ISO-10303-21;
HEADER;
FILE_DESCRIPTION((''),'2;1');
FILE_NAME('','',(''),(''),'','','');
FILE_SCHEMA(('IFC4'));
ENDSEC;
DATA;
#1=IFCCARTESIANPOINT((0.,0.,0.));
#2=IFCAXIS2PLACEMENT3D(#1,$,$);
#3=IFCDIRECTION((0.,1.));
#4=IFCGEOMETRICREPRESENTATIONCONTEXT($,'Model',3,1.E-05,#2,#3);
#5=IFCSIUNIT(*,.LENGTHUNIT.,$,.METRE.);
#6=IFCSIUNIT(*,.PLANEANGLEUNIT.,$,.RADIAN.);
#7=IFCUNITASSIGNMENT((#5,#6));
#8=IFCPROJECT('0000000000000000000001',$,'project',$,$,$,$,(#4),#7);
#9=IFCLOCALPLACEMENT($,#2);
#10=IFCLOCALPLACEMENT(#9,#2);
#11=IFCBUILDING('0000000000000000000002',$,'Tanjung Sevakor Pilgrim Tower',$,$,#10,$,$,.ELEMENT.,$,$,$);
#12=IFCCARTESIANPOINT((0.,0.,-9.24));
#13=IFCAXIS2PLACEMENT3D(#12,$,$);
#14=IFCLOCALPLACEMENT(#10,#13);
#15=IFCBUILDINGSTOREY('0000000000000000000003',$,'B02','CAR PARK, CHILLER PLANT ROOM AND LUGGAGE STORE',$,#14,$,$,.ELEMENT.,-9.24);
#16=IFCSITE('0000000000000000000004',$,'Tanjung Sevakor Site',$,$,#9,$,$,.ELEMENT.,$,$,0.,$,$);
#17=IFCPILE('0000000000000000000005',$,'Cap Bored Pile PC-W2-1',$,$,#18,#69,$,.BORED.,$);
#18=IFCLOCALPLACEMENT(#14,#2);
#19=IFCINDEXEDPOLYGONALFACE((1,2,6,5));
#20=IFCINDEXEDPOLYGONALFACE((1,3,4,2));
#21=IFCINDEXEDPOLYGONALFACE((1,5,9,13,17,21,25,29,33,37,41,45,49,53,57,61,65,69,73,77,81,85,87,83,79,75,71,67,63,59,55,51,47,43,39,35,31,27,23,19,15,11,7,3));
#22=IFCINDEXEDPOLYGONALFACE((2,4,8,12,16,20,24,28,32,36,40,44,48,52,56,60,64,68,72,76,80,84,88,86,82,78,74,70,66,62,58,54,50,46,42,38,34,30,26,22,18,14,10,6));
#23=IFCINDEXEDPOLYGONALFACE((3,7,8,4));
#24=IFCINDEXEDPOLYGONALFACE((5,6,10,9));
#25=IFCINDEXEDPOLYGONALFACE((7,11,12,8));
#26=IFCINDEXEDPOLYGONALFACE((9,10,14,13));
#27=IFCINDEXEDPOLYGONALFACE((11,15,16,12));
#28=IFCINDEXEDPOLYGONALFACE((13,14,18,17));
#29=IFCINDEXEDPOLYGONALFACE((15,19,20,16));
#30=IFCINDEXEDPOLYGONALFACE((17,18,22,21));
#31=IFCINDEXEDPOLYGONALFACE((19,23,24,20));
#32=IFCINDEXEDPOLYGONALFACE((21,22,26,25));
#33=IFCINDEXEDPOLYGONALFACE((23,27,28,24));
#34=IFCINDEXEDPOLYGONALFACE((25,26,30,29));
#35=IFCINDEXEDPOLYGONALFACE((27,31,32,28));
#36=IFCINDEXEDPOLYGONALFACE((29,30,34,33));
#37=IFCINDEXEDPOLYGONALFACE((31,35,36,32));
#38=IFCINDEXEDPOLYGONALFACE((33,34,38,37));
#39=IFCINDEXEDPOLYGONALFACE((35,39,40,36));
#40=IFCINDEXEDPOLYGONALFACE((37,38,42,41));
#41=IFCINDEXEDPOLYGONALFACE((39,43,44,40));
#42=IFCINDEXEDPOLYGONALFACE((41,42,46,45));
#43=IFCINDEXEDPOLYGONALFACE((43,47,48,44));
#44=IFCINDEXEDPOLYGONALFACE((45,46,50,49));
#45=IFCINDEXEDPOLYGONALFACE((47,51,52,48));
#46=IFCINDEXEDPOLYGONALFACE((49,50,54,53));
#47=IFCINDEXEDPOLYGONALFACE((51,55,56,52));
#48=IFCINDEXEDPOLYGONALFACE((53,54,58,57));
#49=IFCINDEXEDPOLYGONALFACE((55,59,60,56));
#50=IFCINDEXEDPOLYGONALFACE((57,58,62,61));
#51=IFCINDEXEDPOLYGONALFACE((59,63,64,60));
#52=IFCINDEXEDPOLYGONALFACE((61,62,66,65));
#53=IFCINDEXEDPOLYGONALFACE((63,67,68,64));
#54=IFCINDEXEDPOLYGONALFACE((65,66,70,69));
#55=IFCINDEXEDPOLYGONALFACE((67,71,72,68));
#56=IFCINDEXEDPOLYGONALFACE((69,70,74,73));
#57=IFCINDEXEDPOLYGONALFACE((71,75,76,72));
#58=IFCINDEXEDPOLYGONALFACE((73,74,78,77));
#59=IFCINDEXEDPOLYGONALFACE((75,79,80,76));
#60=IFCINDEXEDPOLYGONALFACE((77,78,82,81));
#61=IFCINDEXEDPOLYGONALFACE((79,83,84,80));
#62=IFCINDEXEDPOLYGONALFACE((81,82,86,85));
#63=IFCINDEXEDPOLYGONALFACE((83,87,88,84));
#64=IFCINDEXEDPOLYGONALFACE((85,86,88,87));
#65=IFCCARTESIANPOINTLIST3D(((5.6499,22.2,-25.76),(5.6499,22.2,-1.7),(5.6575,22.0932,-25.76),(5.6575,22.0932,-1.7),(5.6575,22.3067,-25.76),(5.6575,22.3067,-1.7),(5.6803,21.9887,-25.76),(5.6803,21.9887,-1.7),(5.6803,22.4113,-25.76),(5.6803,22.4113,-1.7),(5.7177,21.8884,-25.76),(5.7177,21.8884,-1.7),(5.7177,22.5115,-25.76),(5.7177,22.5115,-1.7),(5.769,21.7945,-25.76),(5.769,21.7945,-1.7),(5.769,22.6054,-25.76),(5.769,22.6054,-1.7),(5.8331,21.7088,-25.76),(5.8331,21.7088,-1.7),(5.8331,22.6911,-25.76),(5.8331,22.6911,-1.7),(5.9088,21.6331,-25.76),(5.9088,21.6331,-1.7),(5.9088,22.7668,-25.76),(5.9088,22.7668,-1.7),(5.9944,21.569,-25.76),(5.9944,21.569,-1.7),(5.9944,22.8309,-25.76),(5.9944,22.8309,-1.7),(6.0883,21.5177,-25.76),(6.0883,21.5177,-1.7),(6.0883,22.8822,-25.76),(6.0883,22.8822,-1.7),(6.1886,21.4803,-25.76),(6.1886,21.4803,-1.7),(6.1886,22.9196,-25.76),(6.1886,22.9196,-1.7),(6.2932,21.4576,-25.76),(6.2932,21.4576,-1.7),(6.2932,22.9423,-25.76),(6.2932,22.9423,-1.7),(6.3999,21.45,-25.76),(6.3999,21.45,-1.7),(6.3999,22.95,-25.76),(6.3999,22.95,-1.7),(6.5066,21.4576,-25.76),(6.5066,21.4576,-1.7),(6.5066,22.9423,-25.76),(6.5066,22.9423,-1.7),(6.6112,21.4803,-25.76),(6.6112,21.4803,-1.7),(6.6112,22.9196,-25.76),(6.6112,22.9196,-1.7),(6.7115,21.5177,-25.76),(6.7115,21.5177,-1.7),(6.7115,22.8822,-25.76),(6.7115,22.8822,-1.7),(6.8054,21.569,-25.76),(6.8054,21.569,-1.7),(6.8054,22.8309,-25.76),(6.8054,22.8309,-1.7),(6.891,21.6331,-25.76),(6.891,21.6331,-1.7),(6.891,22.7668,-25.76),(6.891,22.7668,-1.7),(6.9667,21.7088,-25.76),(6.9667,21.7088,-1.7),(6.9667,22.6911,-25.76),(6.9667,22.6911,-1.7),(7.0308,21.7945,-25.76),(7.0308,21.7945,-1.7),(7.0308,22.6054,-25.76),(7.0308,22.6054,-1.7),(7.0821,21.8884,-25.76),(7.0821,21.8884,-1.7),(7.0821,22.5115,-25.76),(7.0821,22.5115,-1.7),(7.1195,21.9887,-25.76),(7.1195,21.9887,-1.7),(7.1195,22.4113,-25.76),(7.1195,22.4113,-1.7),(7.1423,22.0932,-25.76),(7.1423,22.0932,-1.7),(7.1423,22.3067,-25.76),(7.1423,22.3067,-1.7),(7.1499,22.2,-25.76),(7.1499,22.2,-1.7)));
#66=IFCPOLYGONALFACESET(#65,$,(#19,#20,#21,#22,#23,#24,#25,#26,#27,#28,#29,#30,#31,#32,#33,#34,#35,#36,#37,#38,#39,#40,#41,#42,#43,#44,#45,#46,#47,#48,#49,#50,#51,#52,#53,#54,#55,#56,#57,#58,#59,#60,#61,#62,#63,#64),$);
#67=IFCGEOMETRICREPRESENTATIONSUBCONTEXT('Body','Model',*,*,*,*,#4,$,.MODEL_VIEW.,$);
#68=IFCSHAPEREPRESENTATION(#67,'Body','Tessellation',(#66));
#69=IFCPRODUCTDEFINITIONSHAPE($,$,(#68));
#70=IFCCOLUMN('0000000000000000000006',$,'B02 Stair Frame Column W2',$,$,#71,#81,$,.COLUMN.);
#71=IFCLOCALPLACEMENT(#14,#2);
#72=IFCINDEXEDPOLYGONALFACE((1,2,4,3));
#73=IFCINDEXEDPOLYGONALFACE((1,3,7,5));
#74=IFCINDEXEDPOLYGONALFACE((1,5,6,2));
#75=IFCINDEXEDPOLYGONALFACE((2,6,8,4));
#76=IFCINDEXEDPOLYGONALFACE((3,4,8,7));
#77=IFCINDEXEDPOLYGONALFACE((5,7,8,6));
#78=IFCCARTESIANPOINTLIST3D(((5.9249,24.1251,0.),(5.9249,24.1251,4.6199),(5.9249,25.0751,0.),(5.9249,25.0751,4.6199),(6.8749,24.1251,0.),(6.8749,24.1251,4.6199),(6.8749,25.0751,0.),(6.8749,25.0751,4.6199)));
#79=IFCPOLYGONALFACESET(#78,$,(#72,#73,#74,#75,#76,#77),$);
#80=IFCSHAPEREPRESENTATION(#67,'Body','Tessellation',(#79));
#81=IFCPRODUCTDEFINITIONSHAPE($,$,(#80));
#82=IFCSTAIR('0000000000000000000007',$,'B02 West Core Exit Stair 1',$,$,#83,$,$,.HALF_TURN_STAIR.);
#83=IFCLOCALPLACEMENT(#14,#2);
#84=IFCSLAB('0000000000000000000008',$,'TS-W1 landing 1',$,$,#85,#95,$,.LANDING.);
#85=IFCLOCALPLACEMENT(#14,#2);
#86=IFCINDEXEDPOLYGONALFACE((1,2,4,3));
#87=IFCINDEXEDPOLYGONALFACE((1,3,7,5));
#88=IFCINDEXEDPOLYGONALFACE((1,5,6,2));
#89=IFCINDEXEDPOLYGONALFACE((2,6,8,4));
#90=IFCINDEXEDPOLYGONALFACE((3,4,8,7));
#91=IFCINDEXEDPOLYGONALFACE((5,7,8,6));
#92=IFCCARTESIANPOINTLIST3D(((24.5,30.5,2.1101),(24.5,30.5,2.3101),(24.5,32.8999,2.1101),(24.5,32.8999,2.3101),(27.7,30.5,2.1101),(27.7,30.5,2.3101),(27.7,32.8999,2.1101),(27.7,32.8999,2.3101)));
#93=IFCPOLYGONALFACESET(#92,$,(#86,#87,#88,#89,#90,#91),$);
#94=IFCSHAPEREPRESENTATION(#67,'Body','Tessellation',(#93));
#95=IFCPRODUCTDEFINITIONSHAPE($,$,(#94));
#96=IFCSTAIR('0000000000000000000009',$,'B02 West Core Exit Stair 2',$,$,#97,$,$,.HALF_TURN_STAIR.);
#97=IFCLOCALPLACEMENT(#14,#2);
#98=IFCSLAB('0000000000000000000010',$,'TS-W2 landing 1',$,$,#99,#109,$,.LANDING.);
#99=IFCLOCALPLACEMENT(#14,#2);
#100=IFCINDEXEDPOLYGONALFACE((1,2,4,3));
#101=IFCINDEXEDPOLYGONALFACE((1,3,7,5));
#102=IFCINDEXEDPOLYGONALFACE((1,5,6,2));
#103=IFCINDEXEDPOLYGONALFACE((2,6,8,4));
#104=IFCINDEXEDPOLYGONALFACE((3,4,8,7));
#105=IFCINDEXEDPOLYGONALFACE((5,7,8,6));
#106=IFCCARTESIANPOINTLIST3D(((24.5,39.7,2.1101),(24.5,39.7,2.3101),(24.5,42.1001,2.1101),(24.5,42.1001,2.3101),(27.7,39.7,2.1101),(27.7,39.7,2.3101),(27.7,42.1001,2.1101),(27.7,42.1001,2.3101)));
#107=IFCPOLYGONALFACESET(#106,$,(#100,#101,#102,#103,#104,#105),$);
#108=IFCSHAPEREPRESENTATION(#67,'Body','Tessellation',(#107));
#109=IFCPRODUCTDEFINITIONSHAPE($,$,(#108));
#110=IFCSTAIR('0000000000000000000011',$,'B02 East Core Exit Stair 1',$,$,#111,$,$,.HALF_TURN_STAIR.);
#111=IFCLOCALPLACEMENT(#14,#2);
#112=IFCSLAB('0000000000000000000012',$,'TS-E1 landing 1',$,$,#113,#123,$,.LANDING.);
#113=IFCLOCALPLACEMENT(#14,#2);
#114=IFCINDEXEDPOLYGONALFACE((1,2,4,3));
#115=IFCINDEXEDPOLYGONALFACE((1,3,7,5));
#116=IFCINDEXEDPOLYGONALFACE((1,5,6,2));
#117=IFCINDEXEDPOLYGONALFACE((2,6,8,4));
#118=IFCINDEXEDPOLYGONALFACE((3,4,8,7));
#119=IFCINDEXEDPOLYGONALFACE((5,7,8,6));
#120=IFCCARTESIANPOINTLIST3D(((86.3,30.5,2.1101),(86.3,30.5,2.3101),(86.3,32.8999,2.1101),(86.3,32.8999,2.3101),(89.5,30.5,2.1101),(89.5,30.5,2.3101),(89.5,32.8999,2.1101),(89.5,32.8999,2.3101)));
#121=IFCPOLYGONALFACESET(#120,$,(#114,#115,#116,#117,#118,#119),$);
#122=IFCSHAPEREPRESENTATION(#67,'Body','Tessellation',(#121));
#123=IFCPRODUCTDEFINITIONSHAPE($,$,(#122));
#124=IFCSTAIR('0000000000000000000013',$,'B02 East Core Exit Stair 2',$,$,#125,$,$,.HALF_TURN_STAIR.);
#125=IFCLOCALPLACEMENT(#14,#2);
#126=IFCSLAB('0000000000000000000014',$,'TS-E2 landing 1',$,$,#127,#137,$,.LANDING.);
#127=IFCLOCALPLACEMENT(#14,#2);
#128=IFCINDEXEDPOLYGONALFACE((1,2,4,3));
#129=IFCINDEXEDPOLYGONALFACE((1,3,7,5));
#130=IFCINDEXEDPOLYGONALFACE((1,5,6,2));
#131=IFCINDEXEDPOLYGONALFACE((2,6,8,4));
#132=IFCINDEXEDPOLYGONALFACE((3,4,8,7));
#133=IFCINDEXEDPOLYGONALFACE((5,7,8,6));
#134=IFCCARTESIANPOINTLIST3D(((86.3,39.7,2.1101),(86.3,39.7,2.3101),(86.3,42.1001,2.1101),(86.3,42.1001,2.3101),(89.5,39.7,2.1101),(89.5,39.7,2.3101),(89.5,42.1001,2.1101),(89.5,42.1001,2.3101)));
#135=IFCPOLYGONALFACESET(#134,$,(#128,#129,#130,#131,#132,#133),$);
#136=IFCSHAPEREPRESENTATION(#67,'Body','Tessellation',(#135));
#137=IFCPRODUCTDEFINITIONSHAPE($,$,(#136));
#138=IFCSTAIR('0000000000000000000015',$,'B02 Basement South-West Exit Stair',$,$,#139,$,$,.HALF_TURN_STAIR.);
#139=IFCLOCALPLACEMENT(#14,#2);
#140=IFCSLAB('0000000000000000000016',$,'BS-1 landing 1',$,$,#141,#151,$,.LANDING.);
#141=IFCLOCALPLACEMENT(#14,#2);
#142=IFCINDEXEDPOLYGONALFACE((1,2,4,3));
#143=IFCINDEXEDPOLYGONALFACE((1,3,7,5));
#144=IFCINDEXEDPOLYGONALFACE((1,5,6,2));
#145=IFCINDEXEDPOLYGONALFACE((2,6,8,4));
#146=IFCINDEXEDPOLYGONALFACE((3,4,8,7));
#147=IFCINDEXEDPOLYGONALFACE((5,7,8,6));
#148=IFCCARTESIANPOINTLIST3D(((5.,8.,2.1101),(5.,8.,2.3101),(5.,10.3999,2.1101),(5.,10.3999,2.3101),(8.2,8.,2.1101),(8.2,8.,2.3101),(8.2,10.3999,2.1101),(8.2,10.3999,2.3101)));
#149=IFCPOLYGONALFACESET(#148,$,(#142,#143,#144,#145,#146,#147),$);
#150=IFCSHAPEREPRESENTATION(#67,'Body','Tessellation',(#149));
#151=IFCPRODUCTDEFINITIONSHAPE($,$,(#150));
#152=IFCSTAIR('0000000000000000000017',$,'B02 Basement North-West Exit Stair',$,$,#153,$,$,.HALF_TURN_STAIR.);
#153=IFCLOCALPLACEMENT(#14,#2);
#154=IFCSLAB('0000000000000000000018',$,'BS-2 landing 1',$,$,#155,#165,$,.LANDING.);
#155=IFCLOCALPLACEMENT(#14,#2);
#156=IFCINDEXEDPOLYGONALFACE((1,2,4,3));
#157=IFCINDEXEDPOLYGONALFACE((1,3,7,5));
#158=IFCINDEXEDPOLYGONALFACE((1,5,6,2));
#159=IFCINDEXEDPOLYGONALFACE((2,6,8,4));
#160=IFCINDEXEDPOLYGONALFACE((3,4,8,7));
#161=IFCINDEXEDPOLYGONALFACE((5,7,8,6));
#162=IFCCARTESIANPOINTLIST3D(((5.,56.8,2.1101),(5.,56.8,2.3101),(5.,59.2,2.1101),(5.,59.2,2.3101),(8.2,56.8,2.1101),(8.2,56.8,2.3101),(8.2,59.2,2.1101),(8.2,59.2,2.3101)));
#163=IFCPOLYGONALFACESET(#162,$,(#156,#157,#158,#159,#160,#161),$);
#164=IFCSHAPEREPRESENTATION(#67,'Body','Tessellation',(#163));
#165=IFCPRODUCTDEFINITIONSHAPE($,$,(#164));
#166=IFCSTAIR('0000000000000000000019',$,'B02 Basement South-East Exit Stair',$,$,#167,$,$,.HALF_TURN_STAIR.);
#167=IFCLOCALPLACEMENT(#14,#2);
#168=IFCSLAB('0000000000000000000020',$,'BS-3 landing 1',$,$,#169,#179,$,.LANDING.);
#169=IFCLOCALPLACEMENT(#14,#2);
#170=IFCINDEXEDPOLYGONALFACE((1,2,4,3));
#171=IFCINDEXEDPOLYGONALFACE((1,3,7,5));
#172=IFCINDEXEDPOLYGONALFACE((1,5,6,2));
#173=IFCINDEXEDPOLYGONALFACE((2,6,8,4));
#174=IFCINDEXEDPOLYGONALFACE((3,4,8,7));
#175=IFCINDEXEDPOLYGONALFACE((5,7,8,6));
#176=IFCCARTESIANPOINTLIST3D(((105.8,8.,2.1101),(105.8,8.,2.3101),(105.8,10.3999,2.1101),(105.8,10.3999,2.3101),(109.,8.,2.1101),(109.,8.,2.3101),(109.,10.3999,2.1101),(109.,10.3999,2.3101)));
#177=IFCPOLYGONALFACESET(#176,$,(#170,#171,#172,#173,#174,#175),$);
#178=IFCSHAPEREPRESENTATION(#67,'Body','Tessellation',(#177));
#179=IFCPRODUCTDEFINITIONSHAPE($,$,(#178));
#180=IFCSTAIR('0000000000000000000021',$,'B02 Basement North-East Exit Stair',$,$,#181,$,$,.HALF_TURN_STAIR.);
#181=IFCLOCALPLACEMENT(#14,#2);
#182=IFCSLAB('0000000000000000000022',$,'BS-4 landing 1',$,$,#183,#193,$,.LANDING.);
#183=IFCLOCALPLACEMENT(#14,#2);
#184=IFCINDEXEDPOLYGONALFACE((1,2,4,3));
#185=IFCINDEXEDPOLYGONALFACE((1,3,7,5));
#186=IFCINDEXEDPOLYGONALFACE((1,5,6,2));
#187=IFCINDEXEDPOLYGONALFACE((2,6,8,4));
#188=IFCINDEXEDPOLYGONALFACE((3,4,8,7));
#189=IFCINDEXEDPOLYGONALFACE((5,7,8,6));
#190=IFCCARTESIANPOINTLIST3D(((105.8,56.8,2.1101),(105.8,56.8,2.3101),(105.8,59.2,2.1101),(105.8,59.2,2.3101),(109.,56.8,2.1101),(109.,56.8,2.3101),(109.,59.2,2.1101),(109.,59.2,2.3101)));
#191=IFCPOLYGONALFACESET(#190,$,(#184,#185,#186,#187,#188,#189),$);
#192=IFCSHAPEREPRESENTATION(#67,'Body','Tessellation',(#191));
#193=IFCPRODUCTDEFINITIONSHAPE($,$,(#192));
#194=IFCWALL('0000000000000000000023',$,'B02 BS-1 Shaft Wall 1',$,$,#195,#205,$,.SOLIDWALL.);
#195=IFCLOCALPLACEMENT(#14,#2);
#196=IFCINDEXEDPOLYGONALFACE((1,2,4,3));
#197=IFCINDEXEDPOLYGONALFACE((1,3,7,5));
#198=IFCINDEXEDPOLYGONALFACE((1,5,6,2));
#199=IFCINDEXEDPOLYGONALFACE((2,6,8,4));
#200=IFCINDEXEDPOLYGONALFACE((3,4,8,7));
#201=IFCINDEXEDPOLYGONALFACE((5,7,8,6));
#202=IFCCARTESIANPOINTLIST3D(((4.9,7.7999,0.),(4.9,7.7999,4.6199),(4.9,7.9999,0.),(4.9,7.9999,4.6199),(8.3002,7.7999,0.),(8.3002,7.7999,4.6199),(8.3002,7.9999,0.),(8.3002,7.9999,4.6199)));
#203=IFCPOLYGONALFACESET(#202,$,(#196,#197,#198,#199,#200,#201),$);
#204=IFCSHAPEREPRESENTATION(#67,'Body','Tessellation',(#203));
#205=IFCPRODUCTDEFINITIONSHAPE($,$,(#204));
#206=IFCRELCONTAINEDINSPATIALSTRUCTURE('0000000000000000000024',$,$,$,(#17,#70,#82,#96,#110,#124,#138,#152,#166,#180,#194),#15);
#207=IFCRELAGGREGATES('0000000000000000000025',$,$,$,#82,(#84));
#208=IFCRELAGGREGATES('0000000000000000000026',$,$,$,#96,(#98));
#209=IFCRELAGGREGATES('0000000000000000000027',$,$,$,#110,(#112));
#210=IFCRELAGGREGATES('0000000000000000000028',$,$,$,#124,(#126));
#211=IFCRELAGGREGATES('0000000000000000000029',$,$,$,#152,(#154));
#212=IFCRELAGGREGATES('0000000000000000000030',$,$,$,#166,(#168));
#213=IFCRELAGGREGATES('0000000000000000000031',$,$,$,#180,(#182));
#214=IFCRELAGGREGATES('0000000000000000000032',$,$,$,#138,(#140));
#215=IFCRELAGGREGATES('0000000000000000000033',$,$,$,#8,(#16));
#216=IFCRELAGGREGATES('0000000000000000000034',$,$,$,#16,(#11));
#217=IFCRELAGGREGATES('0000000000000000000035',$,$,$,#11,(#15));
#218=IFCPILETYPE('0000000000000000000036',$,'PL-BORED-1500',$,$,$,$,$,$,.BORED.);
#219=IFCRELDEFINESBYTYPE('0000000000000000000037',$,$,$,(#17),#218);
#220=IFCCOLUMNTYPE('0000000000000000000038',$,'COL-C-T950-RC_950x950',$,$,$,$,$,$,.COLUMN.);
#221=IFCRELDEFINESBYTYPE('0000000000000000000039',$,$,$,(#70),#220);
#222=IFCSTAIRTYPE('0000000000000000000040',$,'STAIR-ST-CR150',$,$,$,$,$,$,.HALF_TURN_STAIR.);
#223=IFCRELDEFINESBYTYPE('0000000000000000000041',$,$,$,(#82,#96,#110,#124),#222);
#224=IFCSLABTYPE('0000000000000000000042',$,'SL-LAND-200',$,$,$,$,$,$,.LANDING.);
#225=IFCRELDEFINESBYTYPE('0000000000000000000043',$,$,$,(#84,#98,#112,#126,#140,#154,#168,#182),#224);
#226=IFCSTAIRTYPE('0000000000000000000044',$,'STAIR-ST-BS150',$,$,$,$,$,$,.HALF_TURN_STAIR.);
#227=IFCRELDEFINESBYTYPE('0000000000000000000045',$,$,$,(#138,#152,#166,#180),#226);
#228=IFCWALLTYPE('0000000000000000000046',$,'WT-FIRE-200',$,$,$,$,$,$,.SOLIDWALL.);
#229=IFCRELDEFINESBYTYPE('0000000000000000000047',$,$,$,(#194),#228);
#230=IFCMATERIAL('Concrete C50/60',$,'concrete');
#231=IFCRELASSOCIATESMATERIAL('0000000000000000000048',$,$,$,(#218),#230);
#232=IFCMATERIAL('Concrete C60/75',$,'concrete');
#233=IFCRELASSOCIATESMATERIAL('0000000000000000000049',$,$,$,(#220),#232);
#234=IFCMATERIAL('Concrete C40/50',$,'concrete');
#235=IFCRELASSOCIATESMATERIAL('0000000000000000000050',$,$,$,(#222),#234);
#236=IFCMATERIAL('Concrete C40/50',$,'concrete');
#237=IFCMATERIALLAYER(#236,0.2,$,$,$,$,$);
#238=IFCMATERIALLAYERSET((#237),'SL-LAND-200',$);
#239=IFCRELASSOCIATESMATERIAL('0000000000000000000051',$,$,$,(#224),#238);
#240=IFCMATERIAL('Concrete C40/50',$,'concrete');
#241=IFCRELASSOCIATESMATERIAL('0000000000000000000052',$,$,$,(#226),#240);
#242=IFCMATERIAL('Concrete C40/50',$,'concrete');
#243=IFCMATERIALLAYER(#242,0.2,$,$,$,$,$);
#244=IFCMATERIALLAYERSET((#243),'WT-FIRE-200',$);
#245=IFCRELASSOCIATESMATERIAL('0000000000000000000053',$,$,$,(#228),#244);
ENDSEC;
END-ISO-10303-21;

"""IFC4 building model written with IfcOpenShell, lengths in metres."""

from ifc_helpers import new_model, si_unit, direction, frame, frame_2d, origin, origin_2d, place, context, subcontext, project, spatial, polyline, rectangle, circle, outline, extrude, material, layer, layer_set, material_profile, profile_set, type_object, element, aggregate, save


model = new_model("IFC4")

# Units and contexts
model_context = context("Model", 3, precision=1e-05, world=origin(), true_north=direction((0.0, 1.0)))
body_context = subcontext(model_context, "Body", "Model", "MODEL_VIEW")
ifc_project = project(units=[si_unit("LENGTHUNIT", "METRE"), si_unit("PLANEANGLEUNIT", "RADIAN")], contexts=[model_context])

# Site, building, storey
site_placement = place(None, origin())
site = spatial("IfcSite", under=ifc_project, at=site_placement, Name="Tanjung Sevakor Site", CompositionType="ELEMENT", RefElevation=0.0)
building_placement = place(site_placement, origin())
building = spatial("IfcBuilding", under=site, at=building_placement, Name="Tanjung Sevakor Pilgrim Tower", CompositionType="ELEMENT")
storey_placement = place(building_placement, frame((0.0, 0.0, -9.24)))
storey = spatial("IfcBuildingStorey", under=building, at=storey_placement, Name="B02", Description="CAR PARK, CHILLER PLANT ROOM AND LUGGAGE STORE", CompositionType="ELEMENT", Elevation=-9.24)

# Pile
ifc_material_1 = material(Name="Concrete C50/60", Category="concrete")
ifc_material_profile_1 = material_profile(ifc_material_1, circle(Radius=0.75, at=origin_2d()))
ifc_profile_set_1 = profile_set([ifc_material_profile_1], Name="Concrete C50/60")
pile_type = type_object("IfcPileType", Name="PL-BORED-1500", PredefinedType="BORED", material=ifc_profile_set_1)
for number, where, z_axis, x_axis, name in (
    (1, (6.3999, 22.2, -1.7), (0.0, 0.0, -1.0), (1.0, 0.0, 0.0), "Cap Bored Pile PC-W2-1"),
):
    element("IfcPile", number, at=place(storey_placement, frame(where, z_axis=z_axis, x_axis=x_axis)), inside=storey, type_object=pile_type, Name=name, PredefinedType="BORED", context=body_context, shape_type="SweptSolid", body=[
        extrude(circle(Radius=0.75, at=origin_2d()), origin(), (0.0, 0.0, 1.0), 24.0601),
    ])

# Column
ifc_material_2 = material(Name="Concrete C60/75", Category="concrete")
ifc_material_profile_2 = material_profile(ifc_material_2, rectangle(XDim=0.95, YDim=0.95, at=origin_2d()))
ifc_profile_set_2 = profile_set([ifc_material_profile_2], Name="Concrete C60/75")
column_type = type_object("IfcColumnType", Name="COL-C-T950-RC_950x950", PredefinedType="COLUMN", material=ifc_profile_set_2)
column_placement = place(storey_placement, frame((6.3999, 24.6001, 0.0), z_axis=(0.0, 0.0, 1.0), x_axis=(1.0, 0.0, 0.0)))
element("IfcColumn", 2, at=column_placement, inside=storey, type_object=column_type, Name="B02 Stair Frame Column W2", PredefinedType="COLUMN", context=body_context, shape_type="SweptSolid", body=[
    extrude(rectangle(XDim=0.95, YDim=0.95, at=origin_2d()), origin(), (0.0, 0.0, 1.0), 4.6199),
])

# Stairs, slabs
ifc_material_3 = material(Name="Concrete C40/50", Category="concrete")
stair_type_1 = type_object("IfcStairType", Name="STAIR-ST-CR150", PredefinedType="HALF_TURN_STAIR", material=ifc_material_3)
stair_1_placement = place(storey_placement, origin())
stair_1 = element("IfcStair", 3, at=stair_1_placement, inside=storey, type_object=stair_type_1, Name="B02 West Core Exit Stair 1", PredefinedType="HALF_TURN_STAIR")
ifc_material_4 = material(Name="Concrete C40/50", Category="concrete")
ifc_layer_1 = layer(ifc_material_4, 0.2)
ifc_layer_set_1 = layer_set([ifc_layer_1], Name="SL-LAND-200")
slab_type = type_object("IfcSlabType", Name="SL-LAND-200", PredefinedType="LANDING", material=ifc_layer_set_1)
slab_1_placement = place(storey_placement, frame((0.0, 0.0, 2.1101)))
slab_1 = element("IfcSlab", 4, at=slab_1_placement, type_object=slab_type, Name="TS-W1 landing 1", PredefinedType="LANDING", context=body_context, shape_type="SweptSolid", body=[
    extrude(outline(polyline([(27.7, 30.5), (27.7, 32.8999), (24.5, 32.8999), (24.5, 30.5), (27.7, 30.5)])), origin(), (0.0, 0.0, 1.0), 0.2),
])
aggregate(stair_1, [slab_1])
stair_2_placement = place(storey_placement, origin())
stair_2 = element("IfcStair", 5, at=stair_2_placement, inside=storey, type_object=stair_type_1, Name="B02 West Core Exit Stair 2", PredefinedType="HALF_TURN_STAIR")
slab_2_placement = place(storey_placement, frame((0.0, 0.0, 2.1101)))
slab_2 = element("IfcSlab", 6, at=slab_2_placement, type_object=slab_type, Name="TS-W2 landing 1", PredefinedType="LANDING", context=body_context, shape_type="SweptSolid", body=[
    extrude(outline(polyline([(27.7, 39.7), (27.7, 42.1001), (24.5, 42.1001), (24.5, 39.7), (27.7, 39.7)])), origin(), (0.0, 0.0, 1.0), 0.2),
])
aggregate(stair_2, [slab_2])
stair_3_placement = place(storey_placement, origin())
stair_3 = element("IfcStair", 7, at=stair_3_placement, inside=storey, type_object=stair_type_1, Name="B02 East Core Exit Stair 1", PredefinedType="HALF_TURN_STAIR")
slab_3_placement = place(storey_placement, frame((0.0, 0.0, 2.1101)))
slab_3 = element("IfcSlab", 8, at=slab_3_placement, type_object=slab_type, Name="TS-E1 landing 1", PredefinedType="LANDING", context=body_context, shape_type="SweptSolid", body=[
    extrude(outline(polyline([(89.5, 30.5), (89.5, 32.8999), (86.3, 32.8999), (86.3, 30.5), (89.5, 30.5)])), origin(), (0.0, 0.0, 1.0), 0.2),
])
aggregate(stair_3, [slab_3])
stair_4_placement = place(storey_placement, origin())
stair_4 = element("IfcStair", 9, at=stair_4_placement, inside=storey, type_object=stair_type_1, Name="B02 East Core Exit Stair 2", PredefinedType="HALF_TURN_STAIR")
slab_4_placement = place(storey_placement, frame((0.0, 0.0, 2.1101)))
slab_4 = element("IfcSlab", 10, at=slab_4_placement, type_object=slab_type, Name="TS-E2 landing 1", PredefinedType="LANDING", context=body_context, shape_type="SweptSolid", body=[
    extrude(outline(polyline([(89.5, 39.7), (89.5, 42.1001), (86.3, 42.1001), (86.3, 39.7), (89.5, 39.7)])), origin(), (0.0, 0.0, 1.0), 0.2),
])
aggregate(stair_4, [slab_4])
ifc_material_5 = material(Name="Concrete C40/50", Category="concrete")
stair_type_2 = type_object("IfcStairType", Name="STAIR-ST-BS150", PredefinedType="HALF_TURN_STAIR", material=ifc_material_5)
stair_5_placement = place(storey_placement, origin())
stair_5 = element("IfcStair", 11, at=stair_5_placement, inside=storey, type_object=stair_type_2, Name="B02 Basement South-West Exit Stair", PredefinedType="HALF_TURN_STAIR")
slab_5_placement = place(storey_placement, frame((0.0, 0.0, 2.1101)))
slab_5 = element("IfcSlab", 12, at=slab_5_placement, type_object=slab_type, Name="BS-1 landing 1", PredefinedType="LANDING", context=body_context, shape_type="SweptSolid", body=[
    extrude(outline(polyline([(5.0, 10.3999), (5.0, 8.0), (8.2, 8.0), (8.2, 10.3999), (5.0, 10.3999)])), origin(), (0.0, 0.0, 1.0), 0.2),
])
stair_6_placement = place(storey_placement, origin())
stair_6 = element("IfcStair", 13, at=stair_6_placement, inside=storey, type_object=stair_type_2, Name="B02 Basement North-West Exit Stair", PredefinedType="HALF_TURN_STAIR")
slab_6_placement = place(storey_placement, frame((0.0, 0.0, 2.1101)))
slab_6 = element("IfcSlab", 14, at=slab_6_placement, type_object=slab_type, Name="BS-2 landing 1", PredefinedType="LANDING", context=body_context, shape_type="SweptSolid", body=[
    extrude(outline(polyline([(8.2, 56.8), (8.2, 59.2), (5.0, 59.2), (5.0, 56.8), (8.2, 56.8)])), origin(), (0.0, 0.0, 1.0), 0.2),
])
aggregate(stair_6, [slab_6])
stair_7_placement = place(storey_placement, origin())
stair_7 = element("IfcStair", 15, at=stair_7_placement, inside=storey, type_object=stair_type_2, Name="B02 Basement South-East Exit Stair", PredefinedType="HALF_TURN_STAIR")
slab_7_placement = place(storey_placement, frame((0.0, 0.0, 2.1101)))
slab_7 = element("IfcSlab", 16, at=slab_7_placement, type_object=slab_type, Name="BS-3 landing 1", PredefinedType="LANDING", context=body_context, shape_type="SweptSolid", body=[
    extrude(outline(polyline([(105.8, 10.3999), (105.8, 8.0), (109.0, 8.0), (109.0, 10.3999), (105.8, 10.3999)])), origin(), (0.0, 0.0, 1.0), 0.2),
])
aggregate(stair_7, [slab_7])
stair_8_placement = place(storey_placement, origin())
stair_8 = element("IfcStair", 17, at=stair_8_placement, inside=storey, type_object=stair_type_2, Name="B02 Basement North-East Exit Stair", PredefinedType="HALF_TURN_STAIR")
slab_8_placement = place(storey_placement, frame((0.0, 0.0, 2.1101)))
slab_8 = element("IfcSlab", 18, at=slab_8_placement, type_object=slab_type, Name="BS-4 landing 1", PredefinedType="LANDING", context=body_context, shape_type="SweptSolid", body=[
    extrude(outline(polyline([(109.0, 56.8), (109.0, 59.2), (105.8, 59.2), (105.8, 56.8), (109.0, 56.8)])), origin(), (0.0, 0.0, 1.0), 0.2),
])
aggregate(stair_8, [slab_8])

# Wall
ifc_material_6 = material(Name="Concrete C40/50", Category="concrete")
ifc_layer_2 = layer(ifc_material_6, 0.2)
ifc_layer_set_2 = layer_set([ifc_layer_2], Name="WT-FIRE-200")
wall_type_1 = type_object("IfcWallType", Name="WT-FIRE-200", PredefinedType="SOLIDWALL", material=ifc_layer_set_2)
wall_1_placement = place(storey_placement, frame((4.8999, 7.8999, 0.0), z_axis=(0.0, 0.0, 1.0), x_axis=(1.0, 0.0, 0.0)))
element("IfcWall", 19, at=wall_1_placement, inside=storey, type_object=wall_type_1, Name="B02 BS-1 Shaft Wall 1", PredefinedType="SOLIDWALL", context=body_context, shape_type="SweptSolid", body=[
    extrude(rectangle(XDim=3.4001, YDim=0.2, at=frame_2d((1.7002, 0.0))), origin(), (0.0, 0.0, 1.0), 4.6199),
])

aggregate(stair_5, [slab_5])

save(model, "model.ifc")
